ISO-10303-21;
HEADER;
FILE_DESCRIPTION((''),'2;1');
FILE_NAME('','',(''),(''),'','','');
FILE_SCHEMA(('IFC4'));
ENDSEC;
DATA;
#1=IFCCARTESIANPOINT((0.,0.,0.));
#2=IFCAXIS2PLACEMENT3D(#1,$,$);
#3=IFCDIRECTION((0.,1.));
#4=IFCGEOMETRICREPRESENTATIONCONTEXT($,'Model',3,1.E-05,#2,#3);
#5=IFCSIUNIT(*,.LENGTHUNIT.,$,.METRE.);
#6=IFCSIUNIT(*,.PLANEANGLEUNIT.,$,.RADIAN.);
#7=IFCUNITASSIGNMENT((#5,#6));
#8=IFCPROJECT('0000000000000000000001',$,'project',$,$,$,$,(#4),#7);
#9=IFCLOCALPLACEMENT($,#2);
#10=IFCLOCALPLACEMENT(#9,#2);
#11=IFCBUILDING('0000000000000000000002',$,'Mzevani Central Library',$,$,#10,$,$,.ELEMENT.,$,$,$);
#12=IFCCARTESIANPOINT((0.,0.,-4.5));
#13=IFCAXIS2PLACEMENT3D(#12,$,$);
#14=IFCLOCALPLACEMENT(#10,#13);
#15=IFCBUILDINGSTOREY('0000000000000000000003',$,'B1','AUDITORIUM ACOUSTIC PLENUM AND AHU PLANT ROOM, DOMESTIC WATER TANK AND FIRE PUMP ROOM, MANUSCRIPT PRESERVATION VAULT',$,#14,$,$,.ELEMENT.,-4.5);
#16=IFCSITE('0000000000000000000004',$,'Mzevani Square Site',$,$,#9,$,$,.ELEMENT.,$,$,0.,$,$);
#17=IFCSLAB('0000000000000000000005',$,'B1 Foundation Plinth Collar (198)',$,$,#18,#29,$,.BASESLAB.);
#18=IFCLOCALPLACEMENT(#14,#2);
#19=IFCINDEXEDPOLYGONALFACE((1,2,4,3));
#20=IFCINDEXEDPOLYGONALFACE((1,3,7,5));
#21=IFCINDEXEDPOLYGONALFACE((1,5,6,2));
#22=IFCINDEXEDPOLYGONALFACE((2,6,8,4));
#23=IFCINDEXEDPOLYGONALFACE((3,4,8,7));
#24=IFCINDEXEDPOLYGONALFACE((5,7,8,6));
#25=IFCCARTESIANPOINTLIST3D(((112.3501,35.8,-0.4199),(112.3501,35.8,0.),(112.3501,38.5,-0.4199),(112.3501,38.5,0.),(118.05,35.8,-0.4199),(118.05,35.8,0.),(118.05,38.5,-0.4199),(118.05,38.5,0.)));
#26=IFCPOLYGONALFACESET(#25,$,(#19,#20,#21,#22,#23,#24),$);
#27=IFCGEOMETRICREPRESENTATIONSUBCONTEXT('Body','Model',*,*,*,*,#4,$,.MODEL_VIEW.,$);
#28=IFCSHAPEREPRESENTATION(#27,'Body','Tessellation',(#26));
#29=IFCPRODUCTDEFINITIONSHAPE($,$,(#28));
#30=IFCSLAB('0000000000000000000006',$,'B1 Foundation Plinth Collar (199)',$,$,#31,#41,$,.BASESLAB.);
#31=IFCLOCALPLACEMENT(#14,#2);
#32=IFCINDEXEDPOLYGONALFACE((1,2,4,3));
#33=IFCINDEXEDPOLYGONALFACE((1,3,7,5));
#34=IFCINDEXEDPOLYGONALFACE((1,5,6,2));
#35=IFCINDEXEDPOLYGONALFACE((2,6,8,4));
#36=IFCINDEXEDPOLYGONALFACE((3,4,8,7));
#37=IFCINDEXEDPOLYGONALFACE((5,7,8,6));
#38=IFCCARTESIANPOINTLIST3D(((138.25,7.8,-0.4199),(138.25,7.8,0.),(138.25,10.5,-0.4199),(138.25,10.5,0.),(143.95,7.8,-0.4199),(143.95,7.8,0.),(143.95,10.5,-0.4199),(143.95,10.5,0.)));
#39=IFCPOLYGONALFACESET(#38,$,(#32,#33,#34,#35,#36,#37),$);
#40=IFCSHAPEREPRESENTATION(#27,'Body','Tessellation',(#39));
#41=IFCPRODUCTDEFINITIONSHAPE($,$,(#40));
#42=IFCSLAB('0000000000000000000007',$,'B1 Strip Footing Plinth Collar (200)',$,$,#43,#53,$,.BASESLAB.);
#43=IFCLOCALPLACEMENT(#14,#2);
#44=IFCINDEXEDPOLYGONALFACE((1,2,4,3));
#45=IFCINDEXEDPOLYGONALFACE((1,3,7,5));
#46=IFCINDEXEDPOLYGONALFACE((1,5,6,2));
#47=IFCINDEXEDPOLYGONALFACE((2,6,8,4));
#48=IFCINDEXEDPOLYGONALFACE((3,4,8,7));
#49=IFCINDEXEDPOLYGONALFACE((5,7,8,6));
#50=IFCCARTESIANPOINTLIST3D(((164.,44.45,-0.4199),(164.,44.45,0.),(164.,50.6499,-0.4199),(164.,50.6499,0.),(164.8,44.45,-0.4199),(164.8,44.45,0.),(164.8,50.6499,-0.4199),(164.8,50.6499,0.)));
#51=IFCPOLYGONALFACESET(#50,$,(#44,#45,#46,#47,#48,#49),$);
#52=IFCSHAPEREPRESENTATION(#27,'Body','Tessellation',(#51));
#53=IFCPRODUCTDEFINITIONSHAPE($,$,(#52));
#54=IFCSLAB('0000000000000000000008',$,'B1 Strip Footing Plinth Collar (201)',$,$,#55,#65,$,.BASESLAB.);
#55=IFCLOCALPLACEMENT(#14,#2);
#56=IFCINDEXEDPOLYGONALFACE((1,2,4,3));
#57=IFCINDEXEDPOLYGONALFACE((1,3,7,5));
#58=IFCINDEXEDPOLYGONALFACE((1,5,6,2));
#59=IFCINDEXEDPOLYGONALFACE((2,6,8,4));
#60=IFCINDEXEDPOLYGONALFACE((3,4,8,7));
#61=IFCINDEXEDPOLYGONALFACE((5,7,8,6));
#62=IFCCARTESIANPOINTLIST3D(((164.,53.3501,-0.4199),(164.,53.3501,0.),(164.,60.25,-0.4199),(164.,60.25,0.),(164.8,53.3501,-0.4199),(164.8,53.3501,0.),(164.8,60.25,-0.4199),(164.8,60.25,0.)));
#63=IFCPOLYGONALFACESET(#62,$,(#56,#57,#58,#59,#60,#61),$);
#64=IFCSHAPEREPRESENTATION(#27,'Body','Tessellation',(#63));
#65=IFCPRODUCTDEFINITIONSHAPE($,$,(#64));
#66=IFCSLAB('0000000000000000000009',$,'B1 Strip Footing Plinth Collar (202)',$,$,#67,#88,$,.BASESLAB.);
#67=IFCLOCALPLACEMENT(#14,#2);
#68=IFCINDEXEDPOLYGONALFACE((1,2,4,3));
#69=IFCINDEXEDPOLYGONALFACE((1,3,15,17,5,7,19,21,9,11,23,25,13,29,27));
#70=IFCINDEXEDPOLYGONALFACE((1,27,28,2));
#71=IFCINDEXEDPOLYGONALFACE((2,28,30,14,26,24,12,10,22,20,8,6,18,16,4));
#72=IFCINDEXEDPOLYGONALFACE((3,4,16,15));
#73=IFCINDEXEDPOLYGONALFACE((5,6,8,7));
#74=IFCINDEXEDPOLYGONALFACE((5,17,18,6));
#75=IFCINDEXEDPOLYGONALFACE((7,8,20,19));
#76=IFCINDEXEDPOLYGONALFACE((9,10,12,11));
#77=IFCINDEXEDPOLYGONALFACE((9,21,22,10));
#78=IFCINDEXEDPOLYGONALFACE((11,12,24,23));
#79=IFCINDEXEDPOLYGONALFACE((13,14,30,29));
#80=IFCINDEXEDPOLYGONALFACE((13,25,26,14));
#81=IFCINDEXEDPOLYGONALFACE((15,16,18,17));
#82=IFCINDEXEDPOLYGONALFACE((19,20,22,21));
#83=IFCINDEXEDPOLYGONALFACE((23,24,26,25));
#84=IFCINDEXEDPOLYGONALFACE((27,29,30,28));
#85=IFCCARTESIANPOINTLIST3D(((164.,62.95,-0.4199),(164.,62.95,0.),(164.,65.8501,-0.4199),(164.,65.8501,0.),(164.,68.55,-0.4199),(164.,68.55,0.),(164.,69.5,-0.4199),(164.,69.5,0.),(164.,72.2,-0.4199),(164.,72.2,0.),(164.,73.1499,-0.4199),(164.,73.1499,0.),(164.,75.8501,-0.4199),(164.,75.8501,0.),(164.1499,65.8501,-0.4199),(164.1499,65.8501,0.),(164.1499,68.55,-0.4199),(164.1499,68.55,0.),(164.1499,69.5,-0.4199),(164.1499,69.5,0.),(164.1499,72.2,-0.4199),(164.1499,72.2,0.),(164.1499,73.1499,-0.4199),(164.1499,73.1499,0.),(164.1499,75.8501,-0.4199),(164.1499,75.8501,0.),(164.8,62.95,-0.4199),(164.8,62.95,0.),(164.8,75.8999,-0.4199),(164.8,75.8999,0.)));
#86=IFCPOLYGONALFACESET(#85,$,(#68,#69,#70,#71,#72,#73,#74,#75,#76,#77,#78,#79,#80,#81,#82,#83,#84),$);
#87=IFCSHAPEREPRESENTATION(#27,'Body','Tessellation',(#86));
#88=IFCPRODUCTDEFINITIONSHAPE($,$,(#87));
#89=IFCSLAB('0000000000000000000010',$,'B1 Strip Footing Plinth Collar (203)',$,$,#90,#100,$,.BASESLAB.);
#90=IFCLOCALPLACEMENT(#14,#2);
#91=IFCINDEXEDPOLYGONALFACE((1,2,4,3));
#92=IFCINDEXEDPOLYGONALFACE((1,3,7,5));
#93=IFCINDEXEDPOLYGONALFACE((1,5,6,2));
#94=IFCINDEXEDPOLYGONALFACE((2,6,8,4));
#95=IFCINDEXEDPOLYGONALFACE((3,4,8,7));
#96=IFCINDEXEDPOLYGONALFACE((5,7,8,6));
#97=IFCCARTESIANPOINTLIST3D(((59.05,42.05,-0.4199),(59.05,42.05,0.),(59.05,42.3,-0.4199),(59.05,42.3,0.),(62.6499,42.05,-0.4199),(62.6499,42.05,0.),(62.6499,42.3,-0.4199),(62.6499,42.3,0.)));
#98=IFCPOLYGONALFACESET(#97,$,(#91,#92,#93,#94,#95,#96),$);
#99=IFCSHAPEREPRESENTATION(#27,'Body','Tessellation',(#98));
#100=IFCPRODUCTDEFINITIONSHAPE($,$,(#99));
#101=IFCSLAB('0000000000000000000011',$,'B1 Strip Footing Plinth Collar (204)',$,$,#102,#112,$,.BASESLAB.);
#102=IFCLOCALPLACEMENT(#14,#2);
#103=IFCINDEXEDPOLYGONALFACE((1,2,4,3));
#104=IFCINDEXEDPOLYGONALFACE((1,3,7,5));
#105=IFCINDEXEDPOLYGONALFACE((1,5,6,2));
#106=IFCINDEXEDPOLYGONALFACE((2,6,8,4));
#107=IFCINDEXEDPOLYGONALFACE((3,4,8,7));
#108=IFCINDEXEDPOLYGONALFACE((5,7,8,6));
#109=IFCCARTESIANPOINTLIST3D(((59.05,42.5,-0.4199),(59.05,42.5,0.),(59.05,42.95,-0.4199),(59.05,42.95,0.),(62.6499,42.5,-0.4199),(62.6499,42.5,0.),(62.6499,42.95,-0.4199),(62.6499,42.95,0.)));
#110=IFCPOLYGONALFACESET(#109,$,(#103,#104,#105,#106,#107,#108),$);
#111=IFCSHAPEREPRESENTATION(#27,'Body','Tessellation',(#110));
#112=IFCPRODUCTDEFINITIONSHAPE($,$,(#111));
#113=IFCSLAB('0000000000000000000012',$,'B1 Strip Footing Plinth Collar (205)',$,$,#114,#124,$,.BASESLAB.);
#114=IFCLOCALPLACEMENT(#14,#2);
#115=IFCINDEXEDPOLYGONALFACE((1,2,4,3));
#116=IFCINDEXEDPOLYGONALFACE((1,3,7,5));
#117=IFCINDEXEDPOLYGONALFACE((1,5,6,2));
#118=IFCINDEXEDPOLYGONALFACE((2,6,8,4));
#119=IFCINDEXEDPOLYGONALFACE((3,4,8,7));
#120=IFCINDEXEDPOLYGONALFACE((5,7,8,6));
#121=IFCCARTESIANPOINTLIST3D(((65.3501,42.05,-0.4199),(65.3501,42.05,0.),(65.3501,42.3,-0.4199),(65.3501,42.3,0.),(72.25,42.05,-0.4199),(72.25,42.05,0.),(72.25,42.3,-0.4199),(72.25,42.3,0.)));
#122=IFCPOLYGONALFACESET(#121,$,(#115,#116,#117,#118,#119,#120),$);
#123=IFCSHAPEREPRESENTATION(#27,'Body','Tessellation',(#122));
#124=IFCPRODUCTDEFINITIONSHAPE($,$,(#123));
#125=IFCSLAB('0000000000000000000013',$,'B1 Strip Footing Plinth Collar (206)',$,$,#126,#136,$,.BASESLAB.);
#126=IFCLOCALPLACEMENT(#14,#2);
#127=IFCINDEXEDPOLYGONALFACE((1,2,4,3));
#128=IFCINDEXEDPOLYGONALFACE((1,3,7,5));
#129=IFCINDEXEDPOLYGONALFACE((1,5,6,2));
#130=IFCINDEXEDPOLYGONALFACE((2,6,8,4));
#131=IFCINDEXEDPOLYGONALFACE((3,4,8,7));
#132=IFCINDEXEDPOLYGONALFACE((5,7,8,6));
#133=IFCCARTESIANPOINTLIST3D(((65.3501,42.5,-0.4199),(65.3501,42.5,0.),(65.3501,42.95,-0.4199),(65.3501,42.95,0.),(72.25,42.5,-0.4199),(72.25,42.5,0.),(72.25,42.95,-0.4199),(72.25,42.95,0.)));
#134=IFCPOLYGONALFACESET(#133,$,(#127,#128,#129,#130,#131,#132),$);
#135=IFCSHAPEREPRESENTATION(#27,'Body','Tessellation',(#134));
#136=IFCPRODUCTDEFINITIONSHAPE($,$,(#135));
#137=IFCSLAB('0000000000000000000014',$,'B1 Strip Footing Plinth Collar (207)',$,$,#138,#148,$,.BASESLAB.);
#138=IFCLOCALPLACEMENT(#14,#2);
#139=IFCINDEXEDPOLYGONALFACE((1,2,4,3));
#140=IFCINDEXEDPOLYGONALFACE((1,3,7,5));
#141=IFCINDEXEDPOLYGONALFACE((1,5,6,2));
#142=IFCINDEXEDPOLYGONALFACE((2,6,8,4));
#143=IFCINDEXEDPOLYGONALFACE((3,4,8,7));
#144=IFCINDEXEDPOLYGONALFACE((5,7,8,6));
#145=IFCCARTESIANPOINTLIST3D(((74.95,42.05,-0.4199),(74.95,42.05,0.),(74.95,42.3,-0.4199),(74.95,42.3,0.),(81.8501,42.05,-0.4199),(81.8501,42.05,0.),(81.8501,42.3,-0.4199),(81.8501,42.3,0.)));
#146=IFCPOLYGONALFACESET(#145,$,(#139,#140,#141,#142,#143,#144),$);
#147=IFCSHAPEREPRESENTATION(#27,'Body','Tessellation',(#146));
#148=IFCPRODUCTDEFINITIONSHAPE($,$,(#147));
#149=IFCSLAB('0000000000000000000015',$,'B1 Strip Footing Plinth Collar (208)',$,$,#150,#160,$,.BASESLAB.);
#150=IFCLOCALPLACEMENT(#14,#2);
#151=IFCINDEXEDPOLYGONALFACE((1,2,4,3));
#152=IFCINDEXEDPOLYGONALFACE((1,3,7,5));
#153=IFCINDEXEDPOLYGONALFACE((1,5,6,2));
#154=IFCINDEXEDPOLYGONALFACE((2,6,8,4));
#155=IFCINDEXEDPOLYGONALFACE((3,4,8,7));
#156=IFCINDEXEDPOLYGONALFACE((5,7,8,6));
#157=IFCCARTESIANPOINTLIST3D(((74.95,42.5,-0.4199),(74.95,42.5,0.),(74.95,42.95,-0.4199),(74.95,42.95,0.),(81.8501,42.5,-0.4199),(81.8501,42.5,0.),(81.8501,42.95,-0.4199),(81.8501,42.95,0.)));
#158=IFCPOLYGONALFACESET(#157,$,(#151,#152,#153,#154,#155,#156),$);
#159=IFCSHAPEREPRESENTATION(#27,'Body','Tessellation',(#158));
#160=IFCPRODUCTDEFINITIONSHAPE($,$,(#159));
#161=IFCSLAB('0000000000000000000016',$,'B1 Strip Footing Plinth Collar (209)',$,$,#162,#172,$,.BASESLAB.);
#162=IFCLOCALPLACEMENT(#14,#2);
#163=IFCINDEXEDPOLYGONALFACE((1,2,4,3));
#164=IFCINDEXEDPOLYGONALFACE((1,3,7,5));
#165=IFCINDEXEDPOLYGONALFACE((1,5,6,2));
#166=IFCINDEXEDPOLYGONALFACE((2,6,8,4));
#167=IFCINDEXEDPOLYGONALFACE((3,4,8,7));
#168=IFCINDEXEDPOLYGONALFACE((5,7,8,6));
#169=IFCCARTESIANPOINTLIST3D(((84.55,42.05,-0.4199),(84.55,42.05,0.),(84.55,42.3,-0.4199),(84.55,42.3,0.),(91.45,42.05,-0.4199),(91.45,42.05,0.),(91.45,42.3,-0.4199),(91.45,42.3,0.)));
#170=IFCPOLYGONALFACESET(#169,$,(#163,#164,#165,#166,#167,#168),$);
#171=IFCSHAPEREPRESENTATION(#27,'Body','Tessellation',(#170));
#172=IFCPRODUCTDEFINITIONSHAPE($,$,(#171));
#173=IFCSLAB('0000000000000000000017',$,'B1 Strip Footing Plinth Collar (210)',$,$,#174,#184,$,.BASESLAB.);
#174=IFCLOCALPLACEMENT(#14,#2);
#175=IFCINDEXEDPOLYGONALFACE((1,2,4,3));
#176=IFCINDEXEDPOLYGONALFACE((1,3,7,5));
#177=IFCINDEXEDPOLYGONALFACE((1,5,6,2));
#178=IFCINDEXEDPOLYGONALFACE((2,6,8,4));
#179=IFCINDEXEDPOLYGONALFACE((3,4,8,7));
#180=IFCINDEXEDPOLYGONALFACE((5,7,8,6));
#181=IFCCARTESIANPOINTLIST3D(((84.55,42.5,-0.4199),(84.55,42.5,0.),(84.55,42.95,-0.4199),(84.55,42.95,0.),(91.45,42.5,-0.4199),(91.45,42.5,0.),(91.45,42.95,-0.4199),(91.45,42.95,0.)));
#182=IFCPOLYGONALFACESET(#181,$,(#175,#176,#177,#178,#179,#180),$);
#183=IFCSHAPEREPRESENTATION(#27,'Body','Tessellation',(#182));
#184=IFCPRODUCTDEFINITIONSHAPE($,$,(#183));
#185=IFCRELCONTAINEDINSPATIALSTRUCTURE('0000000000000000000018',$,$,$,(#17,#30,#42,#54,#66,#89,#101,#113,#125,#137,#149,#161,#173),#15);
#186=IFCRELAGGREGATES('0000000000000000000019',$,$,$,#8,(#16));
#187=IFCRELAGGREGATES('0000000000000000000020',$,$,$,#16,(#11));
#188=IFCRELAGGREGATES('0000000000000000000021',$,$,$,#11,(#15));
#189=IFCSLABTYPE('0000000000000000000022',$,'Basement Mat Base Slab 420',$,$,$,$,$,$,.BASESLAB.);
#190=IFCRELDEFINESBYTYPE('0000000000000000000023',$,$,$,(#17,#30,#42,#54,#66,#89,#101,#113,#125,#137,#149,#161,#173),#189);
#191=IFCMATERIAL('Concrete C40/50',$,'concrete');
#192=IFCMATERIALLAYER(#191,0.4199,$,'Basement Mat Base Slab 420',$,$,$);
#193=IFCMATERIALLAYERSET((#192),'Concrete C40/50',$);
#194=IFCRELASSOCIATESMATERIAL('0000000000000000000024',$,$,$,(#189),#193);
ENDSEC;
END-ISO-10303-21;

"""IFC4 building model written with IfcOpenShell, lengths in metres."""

from ifc_helpers import new_model, si_unit, direction, frame, origin, place, context, subcontext, project, spatial, polyline, outline, extrude, material, layer, layer_set, type_object, element, save


model = new_model("IFC4")

# Units and contexts
model_context = context("Model", 3, precision=1e-05, world=origin(), true_north=direction((0.0, 1.0)))
body_context = subcontext(model_context, "Body", "Model", "MODEL_VIEW")
ifc_project = project(units=[si_unit("LENGTHUNIT", "METRE"), si_unit("PLANEANGLEUNIT", "RADIAN")], contexts=[model_context])

# Site, building, storey
site_placement = place(None, origin())
site = spatial("IfcSite", under=ifc_project, at=site_placement, Name="Mzevani Square Site", CompositionType="ELEMENT", RefElevation=0.0)
building_placement = place(site_placement, origin())
building = spatial("IfcBuilding", under=site, at=building_placement, Name="Mzevani Central Library", CompositionType="ELEMENT")
storey_placement = place(building_placement, frame((0.0, 0.0, -4.5)))
storey = spatial("IfcBuildingStorey", under=building, at=storey_placement, Name="B1", Description="AUDITORIUM ACOUSTIC PLENUM AND AHU PLANT ROOM, DOMESTIC WATER TANK AND FIRE PUMP ROOM, MANUSCRIPT PRESERVATION VAULT", CompositionType="ELEMENT", Elevation=-4.5)

# Slabs
ifc_material = material(Name="Concrete C40/50", Category="concrete")
ifc_layer = layer(ifc_material, 0.4199, Name="Basement Mat Base Slab 420")
ifc_layer_set = layer_set([ifc_layer], Name="Concrete C40/50")
slab_type = type_object("IfcSlabType", Name="Basement Mat Base Slab 420", PredefinedType="BASESLAB", material=ifc_layer_set)
slab_1_placement = place(storey_placement, frame((0.0, 0.0, -0.4199)))
element("IfcSlab", 1, at=slab_1_placement, inside=storey, type_object=slab_type, Name="B1 Foundation Plinth Collar (198)", PredefinedType="BASESLAB", context=body_context, shape_type="SweptSolid", body=[
    extrude(outline(polyline([(112.3501, 38.5), (118.05, 38.5), (118.05, 35.8), (112.3501, 35.8), (112.3501, 38.5)])), origin(), (0.0, 0.0, 1.0), 0.4199),
])
slab_2_placement = place(storey_placement, frame((0.0, 0.0, -0.4199)))
element("IfcSlab", 2, at=slab_2_placement, inside=storey, type_object=slab_type, Name="B1 Foundation Plinth Collar (199)", PredefinedType="BASESLAB", context=body_context, shape_type="SweptSolid", body=[
    extrude(outline(polyline([(138.25, 10.5), (143.95, 10.5), (143.95, 7.8), (138.25, 7.8), (138.25, 10.5)])), origin(), (0.0, 0.0, 1.0), 0.4199),
])
slab_3_placement = place(storey_placement, frame((0.0, 0.0, -0.4199)))
element("IfcSlab", 3, at=slab_3_placement, inside=storey, type_object=slab_type, Name="B1 Strip Footing Plinth Collar (200)", PredefinedType="BASESLAB", context=body_context, shape_type="SweptSolid", body=[
    extrude(outline(polyline([(164.8, 44.45), (164.0, 44.45), (164.0, 50.6499), (164.8, 50.6499), (164.8, 44.45)])), origin(), (0.0, 0.0, 1.0), 0.4199),
])
slab_4_placement = place(storey_placement, frame((0.0, 0.0, -0.4199)))
element("IfcSlab", 4, at=slab_4_placement, inside=storey, type_object=slab_type, Name="B1 Strip Footing Plinth Collar (201)", PredefinedType="BASESLAB", context=body_context, shape_type="SweptSolid", body=[
    extrude(outline(polyline([(164.8, 53.3501), (164.0, 53.3501), (164.0, 60.25), (164.8, 60.25), (164.8, 53.3501)])), origin(), (0.0, 0.0, 1.0), 0.4199),
])
slab_5_placement = place(storey_placement, frame((0.0, 0.0, -0.4199)))
element("IfcSlab", 5, at=slab_5_placement, inside=storey, type_object=slab_type, Name="B1 Strip Footing Plinth Collar (202)", PredefinedType="BASESLAB", context=body_context, shape_type="SweptSolid", body=[
    extrude(outline(polyline([(164.1499, 68.55), (164.0, 68.55), (164.0, 69.5), (164.1499, 69.5), (164.1499, 72.2), (164.0, 72.2), (164.0, 73.1499), (164.1499, 73.1499), (164.1499, 75.8501), (164.0, 75.8501), (164.8, 75.8999), (164.8, 62.95), (164.0, 62.95), (164.0, 65.8501), (164.1499, 65.8501), (164.1499, 68.55)])), origin(), (0.0, 0.0, 1.0), 0.4199),
])
slab_6_placement = place(storey_placement, frame((0.0, 0.0, -0.4199)))
element("IfcSlab", 6, at=slab_6_placement, inside=storey, type_object=slab_type, Name="B1 Strip Footing Plinth Collar (203)", PredefinedType="BASESLAB", context=body_context, shape_type="SweptSolid", body=[
    extrude(outline(polyline([(59.05, 42.3), (62.6499, 42.3), (62.6499, 42.05), (59.05, 42.05), (59.05, 42.3)])), origin(), (0.0, 0.0, 1.0), 0.4199),
])
slab_7_placement = place(storey_placement, frame((0.0, 0.0, -0.4199)))
element("IfcSlab", 7, at=slab_7_placement, inside=storey, type_object=slab_type, Name="B1 Strip Footing Plinth Collar (204)", PredefinedType="BASESLAB", context=body_context, shape_type="SweptSolid", body=[
    extrude(outline(polyline([(59.05, 42.95), (62.6499, 42.95), (62.6499, 42.5), (59.05, 42.5), (59.05, 42.95)])), origin(), (0.0, 0.0, 1.0), 0.4199),
])
slab_8_placement = place(storey_placement, frame((0.0, 0.0, -0.4199)))
element("IfcSlab", 8, at=slab_8_placement, inside=storey, type_object=slab_type, Name="B1 Strip Footing Plinth Collar (205)", PredefinedType="BASESLAB", context=body_context, shape_type="SweptSolid", body=[
    extrude(outline(polyline([(65.3501, 42.3), (72.25, 42.3), (72.25, 42.05), (65.3501, 42.05), (65.3501, 42.3)])), origin(), (0.0, 0.0, 1.0), 0.4199),
])
slab_9_placement = place(storey_placement, frame((0.0, 0.0, -0.4199)))
element("IfcSlab", 9, at=slab_9_placement, inside=storey, type_object=slab_type, Name="B1 Strip Footing Plinth Collar (206)", PredefinedType="BASESLAB", context=body_context, shape_type="SweptSolid", body=[
    extrude(outline(polyline([(65.3501, 42.95), (72.25, 42.95), (72.25, 42.5), (65.3501, 42.5), (65.3501, 42.95)])), origin(), (0.0, 0.0, 1.0), 0.4199),
])
slab_10_placement = place(storey_placement, frame((0.0, 0.0, -0.4199)))
element("IfcSlab", 10, at=slab_10_placement, inside=storey, type_object=slab_type, Name="B1 Strip Footing Plinth Collar (207)", PredefinedType="BASESLAB", context=body_context, shape_type="SweptSolid", body=[
    extrude(outline(polyline([(74.95, 42.3), (81.8501, 42.3), (81.8501, 42.05), (74.95, 42.05), (74.95, 42.3)])), origin(), (0.0, 0.0, 1.0), 0.4199),
])
slab_11_placement = place(storey_placement, frame((0.0, 0.0, -0.4199)))
element("IfcSlab", 11, at=slab_11_placement, inside=storey, type_object=slab_type, Name="B1 Strip Footing Plinth Collar (208)", PredefinedType="BASESLAB", context=body_context, shape_type="SweptSolid", body=[
    extrude(outline(polyline([(74.95, 42.95), (81.8501, 42.95), (81.8501, 42.5), (74.95, 42.5), (74.95, 42.95)])), origin(), (0.0, 0.0, 1.0), 0.4199),
])
slab_12_placement = place(storey_placement, frame((0.0, 0.0, -0.4199)))
element("IfcSlab", 12, at=slab_12_placement, inside=storey, type_object=slab_type, Name="B1 Strip Footing Plinth Collar (209)", PredefinedType="BASESLAB", context=body_context, shape_type="SweptSolid", body=[
    extrude(outline(polyline([(84.55, 42.3), (91.45, 42.3), (91.45, 42.05), (84.55, 42.05), (84.55, 42.3)])), origin(), (0.0, 0.0, 1.0), 0.4199),
])
slab_13_placement = place(storey_placement, frame((0.0, 0.0, -0.4199)))
element("IfcSlab", 13, at=slab_13_placement, inside=storey, type_object=slab_type, Name="B1 Strip Footing Plinth Collar (210)", PredefinedType="BASESLAB", context=body_context, shape_type="SweptSolid", body=[
    extrude(outline(polyline([(84.55, 42.95), (91.45, 42.95), (91.45, 42.5), (84.55, 42.5), (84.55, 42.95)])), origin(), (0.0, 0.0, 1.0), 0.4199),
])

save(model, "model.ifc")
